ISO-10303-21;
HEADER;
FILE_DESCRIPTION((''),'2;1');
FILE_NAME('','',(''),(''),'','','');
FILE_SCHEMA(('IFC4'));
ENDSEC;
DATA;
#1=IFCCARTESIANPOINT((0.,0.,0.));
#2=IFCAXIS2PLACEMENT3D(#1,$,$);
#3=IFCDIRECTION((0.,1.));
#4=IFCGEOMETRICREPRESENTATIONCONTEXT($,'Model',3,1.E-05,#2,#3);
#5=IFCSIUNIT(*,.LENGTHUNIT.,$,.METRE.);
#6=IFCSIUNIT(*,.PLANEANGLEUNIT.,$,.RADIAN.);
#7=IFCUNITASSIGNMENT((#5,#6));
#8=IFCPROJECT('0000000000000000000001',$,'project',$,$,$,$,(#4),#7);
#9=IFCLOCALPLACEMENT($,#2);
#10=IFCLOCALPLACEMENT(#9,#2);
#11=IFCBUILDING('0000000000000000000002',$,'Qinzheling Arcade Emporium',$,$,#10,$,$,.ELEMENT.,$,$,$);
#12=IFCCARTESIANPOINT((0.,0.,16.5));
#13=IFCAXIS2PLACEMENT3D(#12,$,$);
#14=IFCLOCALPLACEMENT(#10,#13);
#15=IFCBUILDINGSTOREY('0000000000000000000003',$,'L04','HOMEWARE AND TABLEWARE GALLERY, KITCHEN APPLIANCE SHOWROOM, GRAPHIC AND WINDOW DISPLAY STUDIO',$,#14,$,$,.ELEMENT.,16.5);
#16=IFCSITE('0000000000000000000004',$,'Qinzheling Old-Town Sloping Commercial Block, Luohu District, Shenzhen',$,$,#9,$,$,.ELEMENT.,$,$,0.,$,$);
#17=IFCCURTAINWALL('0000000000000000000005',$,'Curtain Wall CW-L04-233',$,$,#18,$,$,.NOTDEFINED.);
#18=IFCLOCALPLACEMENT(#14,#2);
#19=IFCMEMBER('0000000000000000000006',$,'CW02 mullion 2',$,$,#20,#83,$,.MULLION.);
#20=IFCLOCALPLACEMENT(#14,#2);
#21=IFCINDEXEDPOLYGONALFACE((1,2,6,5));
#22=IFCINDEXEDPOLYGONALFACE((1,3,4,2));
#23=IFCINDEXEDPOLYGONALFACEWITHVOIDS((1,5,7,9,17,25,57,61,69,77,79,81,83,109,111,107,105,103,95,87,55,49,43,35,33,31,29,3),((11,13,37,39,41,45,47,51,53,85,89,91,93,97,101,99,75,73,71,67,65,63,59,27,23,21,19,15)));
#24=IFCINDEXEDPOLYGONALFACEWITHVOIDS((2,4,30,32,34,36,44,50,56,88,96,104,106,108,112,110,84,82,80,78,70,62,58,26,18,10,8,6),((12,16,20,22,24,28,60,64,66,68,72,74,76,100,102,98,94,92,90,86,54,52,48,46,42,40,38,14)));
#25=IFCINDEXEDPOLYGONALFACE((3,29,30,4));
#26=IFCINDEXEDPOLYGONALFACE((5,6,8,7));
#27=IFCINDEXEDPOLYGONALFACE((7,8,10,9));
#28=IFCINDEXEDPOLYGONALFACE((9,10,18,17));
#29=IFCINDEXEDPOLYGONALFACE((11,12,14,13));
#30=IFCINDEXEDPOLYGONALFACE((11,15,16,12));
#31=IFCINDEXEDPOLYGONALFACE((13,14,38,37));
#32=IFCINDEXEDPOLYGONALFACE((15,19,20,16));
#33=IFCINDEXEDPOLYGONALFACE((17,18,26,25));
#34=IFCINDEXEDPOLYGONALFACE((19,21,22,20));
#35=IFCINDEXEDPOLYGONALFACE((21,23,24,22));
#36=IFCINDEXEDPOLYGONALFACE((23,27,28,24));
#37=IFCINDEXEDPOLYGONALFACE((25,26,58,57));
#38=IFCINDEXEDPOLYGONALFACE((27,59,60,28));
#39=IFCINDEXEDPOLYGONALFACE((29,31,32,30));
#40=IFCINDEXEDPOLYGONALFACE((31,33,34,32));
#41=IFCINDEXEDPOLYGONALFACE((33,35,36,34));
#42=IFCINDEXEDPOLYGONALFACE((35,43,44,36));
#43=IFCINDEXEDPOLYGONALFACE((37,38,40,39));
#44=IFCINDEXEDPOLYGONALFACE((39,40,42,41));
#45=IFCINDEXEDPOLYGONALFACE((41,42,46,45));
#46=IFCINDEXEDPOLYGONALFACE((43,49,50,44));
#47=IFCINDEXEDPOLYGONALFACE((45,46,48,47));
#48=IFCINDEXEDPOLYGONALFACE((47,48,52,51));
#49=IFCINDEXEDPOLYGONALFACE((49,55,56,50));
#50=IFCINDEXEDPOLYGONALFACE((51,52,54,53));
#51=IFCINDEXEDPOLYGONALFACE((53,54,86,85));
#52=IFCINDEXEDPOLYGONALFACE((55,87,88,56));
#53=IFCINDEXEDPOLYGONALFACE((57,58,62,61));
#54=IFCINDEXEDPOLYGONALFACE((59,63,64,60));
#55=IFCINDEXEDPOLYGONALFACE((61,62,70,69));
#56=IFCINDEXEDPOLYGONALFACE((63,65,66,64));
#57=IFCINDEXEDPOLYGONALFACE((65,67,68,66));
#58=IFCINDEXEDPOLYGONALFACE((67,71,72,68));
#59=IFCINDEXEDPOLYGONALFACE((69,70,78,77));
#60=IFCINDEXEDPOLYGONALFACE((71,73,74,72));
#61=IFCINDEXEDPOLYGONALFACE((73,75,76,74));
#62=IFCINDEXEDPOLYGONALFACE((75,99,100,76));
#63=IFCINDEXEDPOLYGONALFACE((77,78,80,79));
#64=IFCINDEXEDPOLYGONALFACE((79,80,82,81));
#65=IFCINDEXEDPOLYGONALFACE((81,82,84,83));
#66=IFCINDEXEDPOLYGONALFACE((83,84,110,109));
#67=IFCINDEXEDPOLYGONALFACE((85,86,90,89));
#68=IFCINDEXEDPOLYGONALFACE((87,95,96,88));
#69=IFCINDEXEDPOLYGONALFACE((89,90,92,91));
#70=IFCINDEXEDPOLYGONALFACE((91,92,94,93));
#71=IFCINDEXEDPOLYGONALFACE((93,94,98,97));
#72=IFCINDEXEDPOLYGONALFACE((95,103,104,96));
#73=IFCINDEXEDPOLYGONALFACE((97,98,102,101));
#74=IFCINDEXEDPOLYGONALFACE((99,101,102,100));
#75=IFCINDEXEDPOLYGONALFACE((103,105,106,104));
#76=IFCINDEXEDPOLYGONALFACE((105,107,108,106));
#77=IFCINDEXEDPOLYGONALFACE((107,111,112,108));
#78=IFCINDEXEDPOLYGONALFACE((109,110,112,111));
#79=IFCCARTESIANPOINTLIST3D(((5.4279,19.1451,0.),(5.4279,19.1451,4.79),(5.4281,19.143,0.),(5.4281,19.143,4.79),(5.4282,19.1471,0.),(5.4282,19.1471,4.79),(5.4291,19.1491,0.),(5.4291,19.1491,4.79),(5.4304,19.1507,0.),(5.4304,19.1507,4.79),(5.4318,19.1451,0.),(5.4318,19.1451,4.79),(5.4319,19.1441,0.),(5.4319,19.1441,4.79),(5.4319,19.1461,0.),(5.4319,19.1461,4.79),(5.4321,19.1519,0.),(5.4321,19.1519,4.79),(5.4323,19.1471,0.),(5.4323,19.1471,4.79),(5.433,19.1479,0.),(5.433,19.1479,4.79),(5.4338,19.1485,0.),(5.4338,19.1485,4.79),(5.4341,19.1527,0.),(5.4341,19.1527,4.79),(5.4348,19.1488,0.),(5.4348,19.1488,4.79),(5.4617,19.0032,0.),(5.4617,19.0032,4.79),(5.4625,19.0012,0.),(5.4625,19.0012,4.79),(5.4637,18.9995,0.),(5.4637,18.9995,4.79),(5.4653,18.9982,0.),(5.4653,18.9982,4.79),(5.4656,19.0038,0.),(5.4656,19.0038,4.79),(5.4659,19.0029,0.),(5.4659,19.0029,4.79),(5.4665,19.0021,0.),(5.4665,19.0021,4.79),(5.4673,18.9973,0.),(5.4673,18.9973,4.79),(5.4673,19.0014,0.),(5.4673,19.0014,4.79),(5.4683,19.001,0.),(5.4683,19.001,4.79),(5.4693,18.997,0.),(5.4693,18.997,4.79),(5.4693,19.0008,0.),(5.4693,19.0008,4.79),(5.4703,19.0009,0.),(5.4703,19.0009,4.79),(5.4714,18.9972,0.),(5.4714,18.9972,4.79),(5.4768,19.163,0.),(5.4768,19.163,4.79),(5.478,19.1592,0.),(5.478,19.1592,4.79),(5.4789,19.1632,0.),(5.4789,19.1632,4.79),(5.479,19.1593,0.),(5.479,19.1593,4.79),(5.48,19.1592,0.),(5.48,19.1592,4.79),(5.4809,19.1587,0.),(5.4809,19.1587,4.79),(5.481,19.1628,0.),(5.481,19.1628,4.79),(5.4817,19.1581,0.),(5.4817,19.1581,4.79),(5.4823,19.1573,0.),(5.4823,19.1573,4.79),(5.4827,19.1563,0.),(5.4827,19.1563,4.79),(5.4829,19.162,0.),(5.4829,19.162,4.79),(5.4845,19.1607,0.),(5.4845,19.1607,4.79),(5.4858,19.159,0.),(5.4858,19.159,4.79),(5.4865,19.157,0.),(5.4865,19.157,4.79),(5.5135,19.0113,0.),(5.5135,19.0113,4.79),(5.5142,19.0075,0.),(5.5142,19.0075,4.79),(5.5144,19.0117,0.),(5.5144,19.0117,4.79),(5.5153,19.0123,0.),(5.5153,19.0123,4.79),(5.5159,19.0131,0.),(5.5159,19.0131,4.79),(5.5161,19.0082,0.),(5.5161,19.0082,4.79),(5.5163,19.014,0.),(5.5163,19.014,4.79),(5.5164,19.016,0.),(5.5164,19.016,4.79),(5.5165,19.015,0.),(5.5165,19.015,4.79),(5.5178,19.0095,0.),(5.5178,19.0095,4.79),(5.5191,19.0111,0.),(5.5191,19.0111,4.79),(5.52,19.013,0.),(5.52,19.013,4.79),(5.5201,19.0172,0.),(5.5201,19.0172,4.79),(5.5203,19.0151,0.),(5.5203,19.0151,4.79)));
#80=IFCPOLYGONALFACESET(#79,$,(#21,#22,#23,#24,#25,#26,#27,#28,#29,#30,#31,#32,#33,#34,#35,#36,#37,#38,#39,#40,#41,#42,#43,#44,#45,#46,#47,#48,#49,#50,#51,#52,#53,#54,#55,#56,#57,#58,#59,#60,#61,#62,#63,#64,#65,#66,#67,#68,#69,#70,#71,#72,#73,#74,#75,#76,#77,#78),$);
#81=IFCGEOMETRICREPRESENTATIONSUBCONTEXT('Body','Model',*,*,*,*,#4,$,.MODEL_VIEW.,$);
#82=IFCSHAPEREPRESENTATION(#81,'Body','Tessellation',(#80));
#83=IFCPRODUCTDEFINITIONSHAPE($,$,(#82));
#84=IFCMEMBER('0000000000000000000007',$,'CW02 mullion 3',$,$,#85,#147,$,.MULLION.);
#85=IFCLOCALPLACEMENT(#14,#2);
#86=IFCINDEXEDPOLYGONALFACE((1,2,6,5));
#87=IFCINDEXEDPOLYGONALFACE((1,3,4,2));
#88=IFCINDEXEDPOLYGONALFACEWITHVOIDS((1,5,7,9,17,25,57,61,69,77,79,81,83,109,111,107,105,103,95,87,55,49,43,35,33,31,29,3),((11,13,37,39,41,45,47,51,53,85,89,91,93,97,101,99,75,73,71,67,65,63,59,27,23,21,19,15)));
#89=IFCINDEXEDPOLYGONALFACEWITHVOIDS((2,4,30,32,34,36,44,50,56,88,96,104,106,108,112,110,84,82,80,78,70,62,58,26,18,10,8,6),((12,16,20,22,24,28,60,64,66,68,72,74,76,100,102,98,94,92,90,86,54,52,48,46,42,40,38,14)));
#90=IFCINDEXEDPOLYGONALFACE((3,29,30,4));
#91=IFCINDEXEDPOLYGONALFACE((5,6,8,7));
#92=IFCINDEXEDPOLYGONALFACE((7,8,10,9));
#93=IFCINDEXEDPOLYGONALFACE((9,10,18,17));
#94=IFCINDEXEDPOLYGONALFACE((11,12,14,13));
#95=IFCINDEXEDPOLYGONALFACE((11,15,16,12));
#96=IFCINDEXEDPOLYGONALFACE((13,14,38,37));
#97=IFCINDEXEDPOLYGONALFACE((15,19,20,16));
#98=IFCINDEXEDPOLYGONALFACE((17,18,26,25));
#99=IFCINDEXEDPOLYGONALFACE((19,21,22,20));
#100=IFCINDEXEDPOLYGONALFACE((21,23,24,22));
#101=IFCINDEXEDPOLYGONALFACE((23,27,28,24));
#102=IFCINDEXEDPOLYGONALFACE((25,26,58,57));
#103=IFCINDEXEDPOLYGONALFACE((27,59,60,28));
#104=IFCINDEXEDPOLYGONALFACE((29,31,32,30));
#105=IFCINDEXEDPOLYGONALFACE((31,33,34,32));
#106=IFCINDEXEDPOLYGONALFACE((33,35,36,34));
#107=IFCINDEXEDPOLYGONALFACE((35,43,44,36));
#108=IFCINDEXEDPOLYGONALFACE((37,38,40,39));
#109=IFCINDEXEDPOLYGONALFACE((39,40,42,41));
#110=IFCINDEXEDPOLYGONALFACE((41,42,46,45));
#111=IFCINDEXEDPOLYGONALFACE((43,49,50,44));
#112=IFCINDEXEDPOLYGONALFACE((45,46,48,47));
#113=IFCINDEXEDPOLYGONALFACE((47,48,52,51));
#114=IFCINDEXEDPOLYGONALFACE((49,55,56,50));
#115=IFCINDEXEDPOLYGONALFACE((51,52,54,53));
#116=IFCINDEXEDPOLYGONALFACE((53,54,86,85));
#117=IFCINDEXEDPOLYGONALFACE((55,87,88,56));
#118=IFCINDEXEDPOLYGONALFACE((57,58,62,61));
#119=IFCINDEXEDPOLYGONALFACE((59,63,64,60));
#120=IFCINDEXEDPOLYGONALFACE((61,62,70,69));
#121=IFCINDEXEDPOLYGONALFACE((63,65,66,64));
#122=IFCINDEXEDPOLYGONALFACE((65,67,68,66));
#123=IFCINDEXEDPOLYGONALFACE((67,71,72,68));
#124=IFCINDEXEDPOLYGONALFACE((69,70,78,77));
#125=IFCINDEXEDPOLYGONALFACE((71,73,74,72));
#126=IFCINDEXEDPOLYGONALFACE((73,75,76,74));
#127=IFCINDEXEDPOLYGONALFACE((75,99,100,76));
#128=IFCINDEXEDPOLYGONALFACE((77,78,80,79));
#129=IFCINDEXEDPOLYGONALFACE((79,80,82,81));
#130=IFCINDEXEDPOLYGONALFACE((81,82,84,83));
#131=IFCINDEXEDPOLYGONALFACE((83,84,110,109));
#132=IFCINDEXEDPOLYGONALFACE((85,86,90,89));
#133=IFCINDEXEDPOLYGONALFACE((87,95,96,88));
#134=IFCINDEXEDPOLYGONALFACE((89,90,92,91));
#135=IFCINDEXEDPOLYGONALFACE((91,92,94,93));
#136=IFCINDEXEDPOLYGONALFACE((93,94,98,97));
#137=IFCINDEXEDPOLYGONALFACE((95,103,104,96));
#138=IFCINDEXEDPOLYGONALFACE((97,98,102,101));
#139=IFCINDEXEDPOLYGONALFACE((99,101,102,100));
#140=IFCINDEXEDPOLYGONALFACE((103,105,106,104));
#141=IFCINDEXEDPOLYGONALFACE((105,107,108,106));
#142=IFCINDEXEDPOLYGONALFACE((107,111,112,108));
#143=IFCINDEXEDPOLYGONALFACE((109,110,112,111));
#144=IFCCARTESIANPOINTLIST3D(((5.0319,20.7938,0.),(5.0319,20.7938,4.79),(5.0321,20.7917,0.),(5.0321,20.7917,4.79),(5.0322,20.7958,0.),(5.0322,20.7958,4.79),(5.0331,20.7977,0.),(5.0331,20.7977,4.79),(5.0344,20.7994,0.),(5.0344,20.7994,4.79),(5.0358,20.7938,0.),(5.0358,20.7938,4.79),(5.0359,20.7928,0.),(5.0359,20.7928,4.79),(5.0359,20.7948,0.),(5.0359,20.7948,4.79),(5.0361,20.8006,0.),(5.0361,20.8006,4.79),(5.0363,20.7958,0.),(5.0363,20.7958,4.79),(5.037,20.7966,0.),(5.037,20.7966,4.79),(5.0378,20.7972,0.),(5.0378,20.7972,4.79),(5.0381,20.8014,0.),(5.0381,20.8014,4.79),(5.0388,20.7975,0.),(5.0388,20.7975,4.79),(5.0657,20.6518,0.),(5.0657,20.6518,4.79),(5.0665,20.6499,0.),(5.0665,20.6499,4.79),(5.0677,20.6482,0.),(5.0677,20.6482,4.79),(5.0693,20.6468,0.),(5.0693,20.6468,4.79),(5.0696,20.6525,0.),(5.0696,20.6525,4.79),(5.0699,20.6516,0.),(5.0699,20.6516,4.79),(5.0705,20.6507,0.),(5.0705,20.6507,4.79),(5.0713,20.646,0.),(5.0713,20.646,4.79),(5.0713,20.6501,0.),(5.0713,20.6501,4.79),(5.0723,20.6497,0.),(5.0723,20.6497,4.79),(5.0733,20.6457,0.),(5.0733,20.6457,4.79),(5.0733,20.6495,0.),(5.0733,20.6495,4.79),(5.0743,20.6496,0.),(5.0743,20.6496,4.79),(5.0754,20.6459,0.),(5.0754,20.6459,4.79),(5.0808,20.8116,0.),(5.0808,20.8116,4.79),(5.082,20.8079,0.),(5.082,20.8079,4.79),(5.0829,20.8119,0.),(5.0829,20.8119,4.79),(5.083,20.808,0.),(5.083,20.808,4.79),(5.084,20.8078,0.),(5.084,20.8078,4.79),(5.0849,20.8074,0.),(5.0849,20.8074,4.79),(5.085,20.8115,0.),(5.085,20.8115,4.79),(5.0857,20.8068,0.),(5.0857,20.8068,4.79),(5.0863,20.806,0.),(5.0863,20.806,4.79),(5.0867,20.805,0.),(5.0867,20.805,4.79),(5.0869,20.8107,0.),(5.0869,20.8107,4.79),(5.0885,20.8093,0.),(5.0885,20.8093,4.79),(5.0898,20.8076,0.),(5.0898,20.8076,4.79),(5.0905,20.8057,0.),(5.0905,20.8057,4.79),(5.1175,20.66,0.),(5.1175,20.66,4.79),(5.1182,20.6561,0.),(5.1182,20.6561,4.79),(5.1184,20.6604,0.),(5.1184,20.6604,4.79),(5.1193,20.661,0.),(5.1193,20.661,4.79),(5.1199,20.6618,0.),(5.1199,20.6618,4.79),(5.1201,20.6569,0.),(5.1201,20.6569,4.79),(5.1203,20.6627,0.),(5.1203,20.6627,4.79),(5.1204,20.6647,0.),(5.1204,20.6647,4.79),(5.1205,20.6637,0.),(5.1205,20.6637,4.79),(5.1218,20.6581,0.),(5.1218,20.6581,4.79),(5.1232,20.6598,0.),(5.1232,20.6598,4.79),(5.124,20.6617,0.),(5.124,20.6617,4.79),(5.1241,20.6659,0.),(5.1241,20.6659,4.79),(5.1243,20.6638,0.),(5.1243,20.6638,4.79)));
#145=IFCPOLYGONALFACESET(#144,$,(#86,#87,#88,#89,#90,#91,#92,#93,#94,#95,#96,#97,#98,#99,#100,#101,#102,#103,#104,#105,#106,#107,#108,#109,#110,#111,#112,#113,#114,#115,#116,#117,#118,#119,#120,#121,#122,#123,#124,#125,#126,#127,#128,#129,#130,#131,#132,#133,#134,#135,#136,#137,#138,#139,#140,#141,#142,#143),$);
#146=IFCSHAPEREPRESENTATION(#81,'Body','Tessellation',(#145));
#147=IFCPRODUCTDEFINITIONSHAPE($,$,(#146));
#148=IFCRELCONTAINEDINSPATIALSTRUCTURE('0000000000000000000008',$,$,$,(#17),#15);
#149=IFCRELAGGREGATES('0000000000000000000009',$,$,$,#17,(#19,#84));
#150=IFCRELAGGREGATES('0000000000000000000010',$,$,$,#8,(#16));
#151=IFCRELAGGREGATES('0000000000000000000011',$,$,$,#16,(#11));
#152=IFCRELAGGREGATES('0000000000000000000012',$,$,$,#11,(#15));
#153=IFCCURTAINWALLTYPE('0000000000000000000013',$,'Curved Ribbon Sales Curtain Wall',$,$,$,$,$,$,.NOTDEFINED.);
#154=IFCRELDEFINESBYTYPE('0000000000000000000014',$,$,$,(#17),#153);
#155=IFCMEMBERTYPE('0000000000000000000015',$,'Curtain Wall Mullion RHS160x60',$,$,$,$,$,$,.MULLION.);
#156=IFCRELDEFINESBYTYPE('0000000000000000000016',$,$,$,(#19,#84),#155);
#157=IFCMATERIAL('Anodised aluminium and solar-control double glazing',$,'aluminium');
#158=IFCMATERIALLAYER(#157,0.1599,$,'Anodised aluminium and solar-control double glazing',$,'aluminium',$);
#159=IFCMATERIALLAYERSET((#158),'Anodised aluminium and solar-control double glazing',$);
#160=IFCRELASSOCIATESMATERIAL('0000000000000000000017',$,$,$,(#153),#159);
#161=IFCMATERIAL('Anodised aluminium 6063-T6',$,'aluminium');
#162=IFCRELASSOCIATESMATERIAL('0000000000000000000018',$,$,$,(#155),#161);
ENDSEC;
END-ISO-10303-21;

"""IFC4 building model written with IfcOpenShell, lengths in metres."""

from ifc_helpers import new_model, si_unit, direction, frame, origin, origin_2d, place, context, subcontext, project, spatial, hollow_rectangle, extrude, material, layer, layer_set, material_profile, profile_set, type_object, element, aggregate, save


model = new_model("IFC4")

# Units and contexts
model_context = context("Model", 3, precision=1e-05, world=origin(), true_north=direction((0.0, 1.0)))
body_context = subcontext(model_context, "Body", "Model", "MODEL_VIEW")
ifc_project = project(units=[si_unit("LENGTHUNIT", "METRE"), si_unit("PLANEANGLEUNIT", "RADIAN")], contexts=[model_context])

# Site, building, storey
site_placement = place(None, origin())
site = spatial("IfcSite", under=ifc_project, at=site_placement, Name="Qinzheling Old-Town Sloping Commercial Block, Luohu District, Shenzhen", CompositionType="ELEMENT", RefElevation=0.0)
building_placement = place(site_placement, origin())
building = spatial("IfcBuilding", under=site, at=building_placement, Name="Qinzheling Arcade Emporium", CompositionType="ELEMENT")
storey_placement = place(building_placement, frame((0.0, 0.0, 16.5)))
storey = spatial("IfcBuildingStorey", under=building, at=storey_placement, Name="L04", Description="HOMEWARE AND TABLEWARE GALLERY, KITCHEN APPLIANCE SHOWROOM, GRAPHIC AND WINDOW DISPLAY STUDIO", CompositionType="ELEMENT", Elevation=16.5)

# Curtain wall, members
ifc_material_1 = material(Name="Anodised aluminium and solar-control double glazing", Category="aluminium")
ifc_layer_1 = layer(ifc_material_1, 0.1599, Name="Anodised aluminium and solar-control double glazing", Category="aluminium")
ifc_layer_set_1 = layer_set([ifc_layer_1], Name="Anodised aluminium and solar-control double glazing")
curtain_wall_type_1 = type_object("IfcCurtainWallType", Name="Curved Ribbon Sales Curtain Wall", PredefinedType="NOTDEFINED", material=ifc_layer_set_1)
curtain_wall_1_placement = place(storey_placement, origin())
curtain_wall_1 = element("IfcCurtainWall", 1, at=curtain_wall_1_placement, inside=storey, type_object=curtain_wall_type_1, Name="Curtain Wall CW-L04-233", PredefinedType="NOTDEFINED")
ifc_material_2 = material(Name="Anodised aluminium 6063-T6", Category="aluminium")
ifc_material_profile_1 = material_profile(ifc_material_2, hollow_rectangle(XDim=0.0601, YDim=0.1599, WallThickness=0.0039, InnerFilletRadius=0.0039, OuterFilletRadius=0.0081, at=origin_2d()), Name="RHS 160x60x4", Category="aluminium")
ifc_profile_set_1 = profile_set([ifc_material_profile_1], Name="Anodised aluminium 6063-T6")
member_type_1 = type_object("IfcMemberType", Name="Curtain Wall Mullion RHS160x60", PredefinedType="MULLION", material=ifc_profile_set_1)
member_1_placement = place(storey_placement, frame((5.4741, 19.0801, 0.0), z_axis=(0.0, 0.0, 1.0), x_axis=(-0.97235, -0.233526, 0.0)))
member_1 = element("IfcMember", 2, at=member_1_placement, type_object=member_type_1, Name="CW02 mullion 2", PredefinedType="MULLION", context=body_context, shape_type="SweptSolid", body=[
    extrude(hollow_rectangle(XDim=0.0601, YDim=0.1599, WallThickness=0.0039, InnerFilletRadius=0.0039, OuterFilletRadius=0.0081, at=origin_2d()), origin(), (0.0, 0.0, 1.0), 4.79),
])
member_2_placement = place(storey_placement, frame((5.0781, 20.7288, 0.0), z_axis=(0.0, 0.0, 1.0), x_axis=(-0.97235, -0.233526, 0.0)))
member_2 = element("IfcMember", 3, at=member_2_placement, type_object=member_type_1, Name="CW02 mullion 3", PredefinedType="MULLION", context=body_context, shape_type="SweptSolid", body=[
    extrude(hollow_rectangle(XDim=0.0601, YDim=0.1599, WallThickness=0.0039, InnerFilletRadius=0.0039, OuterFilletRadius=0.0081, at=origin_2d()), origin(), (0.0, 0.0, 1.0), 4.79),
])

aggregate(curtain_wall_1, [member_1, member_2])

save(model, "model.ifc")
